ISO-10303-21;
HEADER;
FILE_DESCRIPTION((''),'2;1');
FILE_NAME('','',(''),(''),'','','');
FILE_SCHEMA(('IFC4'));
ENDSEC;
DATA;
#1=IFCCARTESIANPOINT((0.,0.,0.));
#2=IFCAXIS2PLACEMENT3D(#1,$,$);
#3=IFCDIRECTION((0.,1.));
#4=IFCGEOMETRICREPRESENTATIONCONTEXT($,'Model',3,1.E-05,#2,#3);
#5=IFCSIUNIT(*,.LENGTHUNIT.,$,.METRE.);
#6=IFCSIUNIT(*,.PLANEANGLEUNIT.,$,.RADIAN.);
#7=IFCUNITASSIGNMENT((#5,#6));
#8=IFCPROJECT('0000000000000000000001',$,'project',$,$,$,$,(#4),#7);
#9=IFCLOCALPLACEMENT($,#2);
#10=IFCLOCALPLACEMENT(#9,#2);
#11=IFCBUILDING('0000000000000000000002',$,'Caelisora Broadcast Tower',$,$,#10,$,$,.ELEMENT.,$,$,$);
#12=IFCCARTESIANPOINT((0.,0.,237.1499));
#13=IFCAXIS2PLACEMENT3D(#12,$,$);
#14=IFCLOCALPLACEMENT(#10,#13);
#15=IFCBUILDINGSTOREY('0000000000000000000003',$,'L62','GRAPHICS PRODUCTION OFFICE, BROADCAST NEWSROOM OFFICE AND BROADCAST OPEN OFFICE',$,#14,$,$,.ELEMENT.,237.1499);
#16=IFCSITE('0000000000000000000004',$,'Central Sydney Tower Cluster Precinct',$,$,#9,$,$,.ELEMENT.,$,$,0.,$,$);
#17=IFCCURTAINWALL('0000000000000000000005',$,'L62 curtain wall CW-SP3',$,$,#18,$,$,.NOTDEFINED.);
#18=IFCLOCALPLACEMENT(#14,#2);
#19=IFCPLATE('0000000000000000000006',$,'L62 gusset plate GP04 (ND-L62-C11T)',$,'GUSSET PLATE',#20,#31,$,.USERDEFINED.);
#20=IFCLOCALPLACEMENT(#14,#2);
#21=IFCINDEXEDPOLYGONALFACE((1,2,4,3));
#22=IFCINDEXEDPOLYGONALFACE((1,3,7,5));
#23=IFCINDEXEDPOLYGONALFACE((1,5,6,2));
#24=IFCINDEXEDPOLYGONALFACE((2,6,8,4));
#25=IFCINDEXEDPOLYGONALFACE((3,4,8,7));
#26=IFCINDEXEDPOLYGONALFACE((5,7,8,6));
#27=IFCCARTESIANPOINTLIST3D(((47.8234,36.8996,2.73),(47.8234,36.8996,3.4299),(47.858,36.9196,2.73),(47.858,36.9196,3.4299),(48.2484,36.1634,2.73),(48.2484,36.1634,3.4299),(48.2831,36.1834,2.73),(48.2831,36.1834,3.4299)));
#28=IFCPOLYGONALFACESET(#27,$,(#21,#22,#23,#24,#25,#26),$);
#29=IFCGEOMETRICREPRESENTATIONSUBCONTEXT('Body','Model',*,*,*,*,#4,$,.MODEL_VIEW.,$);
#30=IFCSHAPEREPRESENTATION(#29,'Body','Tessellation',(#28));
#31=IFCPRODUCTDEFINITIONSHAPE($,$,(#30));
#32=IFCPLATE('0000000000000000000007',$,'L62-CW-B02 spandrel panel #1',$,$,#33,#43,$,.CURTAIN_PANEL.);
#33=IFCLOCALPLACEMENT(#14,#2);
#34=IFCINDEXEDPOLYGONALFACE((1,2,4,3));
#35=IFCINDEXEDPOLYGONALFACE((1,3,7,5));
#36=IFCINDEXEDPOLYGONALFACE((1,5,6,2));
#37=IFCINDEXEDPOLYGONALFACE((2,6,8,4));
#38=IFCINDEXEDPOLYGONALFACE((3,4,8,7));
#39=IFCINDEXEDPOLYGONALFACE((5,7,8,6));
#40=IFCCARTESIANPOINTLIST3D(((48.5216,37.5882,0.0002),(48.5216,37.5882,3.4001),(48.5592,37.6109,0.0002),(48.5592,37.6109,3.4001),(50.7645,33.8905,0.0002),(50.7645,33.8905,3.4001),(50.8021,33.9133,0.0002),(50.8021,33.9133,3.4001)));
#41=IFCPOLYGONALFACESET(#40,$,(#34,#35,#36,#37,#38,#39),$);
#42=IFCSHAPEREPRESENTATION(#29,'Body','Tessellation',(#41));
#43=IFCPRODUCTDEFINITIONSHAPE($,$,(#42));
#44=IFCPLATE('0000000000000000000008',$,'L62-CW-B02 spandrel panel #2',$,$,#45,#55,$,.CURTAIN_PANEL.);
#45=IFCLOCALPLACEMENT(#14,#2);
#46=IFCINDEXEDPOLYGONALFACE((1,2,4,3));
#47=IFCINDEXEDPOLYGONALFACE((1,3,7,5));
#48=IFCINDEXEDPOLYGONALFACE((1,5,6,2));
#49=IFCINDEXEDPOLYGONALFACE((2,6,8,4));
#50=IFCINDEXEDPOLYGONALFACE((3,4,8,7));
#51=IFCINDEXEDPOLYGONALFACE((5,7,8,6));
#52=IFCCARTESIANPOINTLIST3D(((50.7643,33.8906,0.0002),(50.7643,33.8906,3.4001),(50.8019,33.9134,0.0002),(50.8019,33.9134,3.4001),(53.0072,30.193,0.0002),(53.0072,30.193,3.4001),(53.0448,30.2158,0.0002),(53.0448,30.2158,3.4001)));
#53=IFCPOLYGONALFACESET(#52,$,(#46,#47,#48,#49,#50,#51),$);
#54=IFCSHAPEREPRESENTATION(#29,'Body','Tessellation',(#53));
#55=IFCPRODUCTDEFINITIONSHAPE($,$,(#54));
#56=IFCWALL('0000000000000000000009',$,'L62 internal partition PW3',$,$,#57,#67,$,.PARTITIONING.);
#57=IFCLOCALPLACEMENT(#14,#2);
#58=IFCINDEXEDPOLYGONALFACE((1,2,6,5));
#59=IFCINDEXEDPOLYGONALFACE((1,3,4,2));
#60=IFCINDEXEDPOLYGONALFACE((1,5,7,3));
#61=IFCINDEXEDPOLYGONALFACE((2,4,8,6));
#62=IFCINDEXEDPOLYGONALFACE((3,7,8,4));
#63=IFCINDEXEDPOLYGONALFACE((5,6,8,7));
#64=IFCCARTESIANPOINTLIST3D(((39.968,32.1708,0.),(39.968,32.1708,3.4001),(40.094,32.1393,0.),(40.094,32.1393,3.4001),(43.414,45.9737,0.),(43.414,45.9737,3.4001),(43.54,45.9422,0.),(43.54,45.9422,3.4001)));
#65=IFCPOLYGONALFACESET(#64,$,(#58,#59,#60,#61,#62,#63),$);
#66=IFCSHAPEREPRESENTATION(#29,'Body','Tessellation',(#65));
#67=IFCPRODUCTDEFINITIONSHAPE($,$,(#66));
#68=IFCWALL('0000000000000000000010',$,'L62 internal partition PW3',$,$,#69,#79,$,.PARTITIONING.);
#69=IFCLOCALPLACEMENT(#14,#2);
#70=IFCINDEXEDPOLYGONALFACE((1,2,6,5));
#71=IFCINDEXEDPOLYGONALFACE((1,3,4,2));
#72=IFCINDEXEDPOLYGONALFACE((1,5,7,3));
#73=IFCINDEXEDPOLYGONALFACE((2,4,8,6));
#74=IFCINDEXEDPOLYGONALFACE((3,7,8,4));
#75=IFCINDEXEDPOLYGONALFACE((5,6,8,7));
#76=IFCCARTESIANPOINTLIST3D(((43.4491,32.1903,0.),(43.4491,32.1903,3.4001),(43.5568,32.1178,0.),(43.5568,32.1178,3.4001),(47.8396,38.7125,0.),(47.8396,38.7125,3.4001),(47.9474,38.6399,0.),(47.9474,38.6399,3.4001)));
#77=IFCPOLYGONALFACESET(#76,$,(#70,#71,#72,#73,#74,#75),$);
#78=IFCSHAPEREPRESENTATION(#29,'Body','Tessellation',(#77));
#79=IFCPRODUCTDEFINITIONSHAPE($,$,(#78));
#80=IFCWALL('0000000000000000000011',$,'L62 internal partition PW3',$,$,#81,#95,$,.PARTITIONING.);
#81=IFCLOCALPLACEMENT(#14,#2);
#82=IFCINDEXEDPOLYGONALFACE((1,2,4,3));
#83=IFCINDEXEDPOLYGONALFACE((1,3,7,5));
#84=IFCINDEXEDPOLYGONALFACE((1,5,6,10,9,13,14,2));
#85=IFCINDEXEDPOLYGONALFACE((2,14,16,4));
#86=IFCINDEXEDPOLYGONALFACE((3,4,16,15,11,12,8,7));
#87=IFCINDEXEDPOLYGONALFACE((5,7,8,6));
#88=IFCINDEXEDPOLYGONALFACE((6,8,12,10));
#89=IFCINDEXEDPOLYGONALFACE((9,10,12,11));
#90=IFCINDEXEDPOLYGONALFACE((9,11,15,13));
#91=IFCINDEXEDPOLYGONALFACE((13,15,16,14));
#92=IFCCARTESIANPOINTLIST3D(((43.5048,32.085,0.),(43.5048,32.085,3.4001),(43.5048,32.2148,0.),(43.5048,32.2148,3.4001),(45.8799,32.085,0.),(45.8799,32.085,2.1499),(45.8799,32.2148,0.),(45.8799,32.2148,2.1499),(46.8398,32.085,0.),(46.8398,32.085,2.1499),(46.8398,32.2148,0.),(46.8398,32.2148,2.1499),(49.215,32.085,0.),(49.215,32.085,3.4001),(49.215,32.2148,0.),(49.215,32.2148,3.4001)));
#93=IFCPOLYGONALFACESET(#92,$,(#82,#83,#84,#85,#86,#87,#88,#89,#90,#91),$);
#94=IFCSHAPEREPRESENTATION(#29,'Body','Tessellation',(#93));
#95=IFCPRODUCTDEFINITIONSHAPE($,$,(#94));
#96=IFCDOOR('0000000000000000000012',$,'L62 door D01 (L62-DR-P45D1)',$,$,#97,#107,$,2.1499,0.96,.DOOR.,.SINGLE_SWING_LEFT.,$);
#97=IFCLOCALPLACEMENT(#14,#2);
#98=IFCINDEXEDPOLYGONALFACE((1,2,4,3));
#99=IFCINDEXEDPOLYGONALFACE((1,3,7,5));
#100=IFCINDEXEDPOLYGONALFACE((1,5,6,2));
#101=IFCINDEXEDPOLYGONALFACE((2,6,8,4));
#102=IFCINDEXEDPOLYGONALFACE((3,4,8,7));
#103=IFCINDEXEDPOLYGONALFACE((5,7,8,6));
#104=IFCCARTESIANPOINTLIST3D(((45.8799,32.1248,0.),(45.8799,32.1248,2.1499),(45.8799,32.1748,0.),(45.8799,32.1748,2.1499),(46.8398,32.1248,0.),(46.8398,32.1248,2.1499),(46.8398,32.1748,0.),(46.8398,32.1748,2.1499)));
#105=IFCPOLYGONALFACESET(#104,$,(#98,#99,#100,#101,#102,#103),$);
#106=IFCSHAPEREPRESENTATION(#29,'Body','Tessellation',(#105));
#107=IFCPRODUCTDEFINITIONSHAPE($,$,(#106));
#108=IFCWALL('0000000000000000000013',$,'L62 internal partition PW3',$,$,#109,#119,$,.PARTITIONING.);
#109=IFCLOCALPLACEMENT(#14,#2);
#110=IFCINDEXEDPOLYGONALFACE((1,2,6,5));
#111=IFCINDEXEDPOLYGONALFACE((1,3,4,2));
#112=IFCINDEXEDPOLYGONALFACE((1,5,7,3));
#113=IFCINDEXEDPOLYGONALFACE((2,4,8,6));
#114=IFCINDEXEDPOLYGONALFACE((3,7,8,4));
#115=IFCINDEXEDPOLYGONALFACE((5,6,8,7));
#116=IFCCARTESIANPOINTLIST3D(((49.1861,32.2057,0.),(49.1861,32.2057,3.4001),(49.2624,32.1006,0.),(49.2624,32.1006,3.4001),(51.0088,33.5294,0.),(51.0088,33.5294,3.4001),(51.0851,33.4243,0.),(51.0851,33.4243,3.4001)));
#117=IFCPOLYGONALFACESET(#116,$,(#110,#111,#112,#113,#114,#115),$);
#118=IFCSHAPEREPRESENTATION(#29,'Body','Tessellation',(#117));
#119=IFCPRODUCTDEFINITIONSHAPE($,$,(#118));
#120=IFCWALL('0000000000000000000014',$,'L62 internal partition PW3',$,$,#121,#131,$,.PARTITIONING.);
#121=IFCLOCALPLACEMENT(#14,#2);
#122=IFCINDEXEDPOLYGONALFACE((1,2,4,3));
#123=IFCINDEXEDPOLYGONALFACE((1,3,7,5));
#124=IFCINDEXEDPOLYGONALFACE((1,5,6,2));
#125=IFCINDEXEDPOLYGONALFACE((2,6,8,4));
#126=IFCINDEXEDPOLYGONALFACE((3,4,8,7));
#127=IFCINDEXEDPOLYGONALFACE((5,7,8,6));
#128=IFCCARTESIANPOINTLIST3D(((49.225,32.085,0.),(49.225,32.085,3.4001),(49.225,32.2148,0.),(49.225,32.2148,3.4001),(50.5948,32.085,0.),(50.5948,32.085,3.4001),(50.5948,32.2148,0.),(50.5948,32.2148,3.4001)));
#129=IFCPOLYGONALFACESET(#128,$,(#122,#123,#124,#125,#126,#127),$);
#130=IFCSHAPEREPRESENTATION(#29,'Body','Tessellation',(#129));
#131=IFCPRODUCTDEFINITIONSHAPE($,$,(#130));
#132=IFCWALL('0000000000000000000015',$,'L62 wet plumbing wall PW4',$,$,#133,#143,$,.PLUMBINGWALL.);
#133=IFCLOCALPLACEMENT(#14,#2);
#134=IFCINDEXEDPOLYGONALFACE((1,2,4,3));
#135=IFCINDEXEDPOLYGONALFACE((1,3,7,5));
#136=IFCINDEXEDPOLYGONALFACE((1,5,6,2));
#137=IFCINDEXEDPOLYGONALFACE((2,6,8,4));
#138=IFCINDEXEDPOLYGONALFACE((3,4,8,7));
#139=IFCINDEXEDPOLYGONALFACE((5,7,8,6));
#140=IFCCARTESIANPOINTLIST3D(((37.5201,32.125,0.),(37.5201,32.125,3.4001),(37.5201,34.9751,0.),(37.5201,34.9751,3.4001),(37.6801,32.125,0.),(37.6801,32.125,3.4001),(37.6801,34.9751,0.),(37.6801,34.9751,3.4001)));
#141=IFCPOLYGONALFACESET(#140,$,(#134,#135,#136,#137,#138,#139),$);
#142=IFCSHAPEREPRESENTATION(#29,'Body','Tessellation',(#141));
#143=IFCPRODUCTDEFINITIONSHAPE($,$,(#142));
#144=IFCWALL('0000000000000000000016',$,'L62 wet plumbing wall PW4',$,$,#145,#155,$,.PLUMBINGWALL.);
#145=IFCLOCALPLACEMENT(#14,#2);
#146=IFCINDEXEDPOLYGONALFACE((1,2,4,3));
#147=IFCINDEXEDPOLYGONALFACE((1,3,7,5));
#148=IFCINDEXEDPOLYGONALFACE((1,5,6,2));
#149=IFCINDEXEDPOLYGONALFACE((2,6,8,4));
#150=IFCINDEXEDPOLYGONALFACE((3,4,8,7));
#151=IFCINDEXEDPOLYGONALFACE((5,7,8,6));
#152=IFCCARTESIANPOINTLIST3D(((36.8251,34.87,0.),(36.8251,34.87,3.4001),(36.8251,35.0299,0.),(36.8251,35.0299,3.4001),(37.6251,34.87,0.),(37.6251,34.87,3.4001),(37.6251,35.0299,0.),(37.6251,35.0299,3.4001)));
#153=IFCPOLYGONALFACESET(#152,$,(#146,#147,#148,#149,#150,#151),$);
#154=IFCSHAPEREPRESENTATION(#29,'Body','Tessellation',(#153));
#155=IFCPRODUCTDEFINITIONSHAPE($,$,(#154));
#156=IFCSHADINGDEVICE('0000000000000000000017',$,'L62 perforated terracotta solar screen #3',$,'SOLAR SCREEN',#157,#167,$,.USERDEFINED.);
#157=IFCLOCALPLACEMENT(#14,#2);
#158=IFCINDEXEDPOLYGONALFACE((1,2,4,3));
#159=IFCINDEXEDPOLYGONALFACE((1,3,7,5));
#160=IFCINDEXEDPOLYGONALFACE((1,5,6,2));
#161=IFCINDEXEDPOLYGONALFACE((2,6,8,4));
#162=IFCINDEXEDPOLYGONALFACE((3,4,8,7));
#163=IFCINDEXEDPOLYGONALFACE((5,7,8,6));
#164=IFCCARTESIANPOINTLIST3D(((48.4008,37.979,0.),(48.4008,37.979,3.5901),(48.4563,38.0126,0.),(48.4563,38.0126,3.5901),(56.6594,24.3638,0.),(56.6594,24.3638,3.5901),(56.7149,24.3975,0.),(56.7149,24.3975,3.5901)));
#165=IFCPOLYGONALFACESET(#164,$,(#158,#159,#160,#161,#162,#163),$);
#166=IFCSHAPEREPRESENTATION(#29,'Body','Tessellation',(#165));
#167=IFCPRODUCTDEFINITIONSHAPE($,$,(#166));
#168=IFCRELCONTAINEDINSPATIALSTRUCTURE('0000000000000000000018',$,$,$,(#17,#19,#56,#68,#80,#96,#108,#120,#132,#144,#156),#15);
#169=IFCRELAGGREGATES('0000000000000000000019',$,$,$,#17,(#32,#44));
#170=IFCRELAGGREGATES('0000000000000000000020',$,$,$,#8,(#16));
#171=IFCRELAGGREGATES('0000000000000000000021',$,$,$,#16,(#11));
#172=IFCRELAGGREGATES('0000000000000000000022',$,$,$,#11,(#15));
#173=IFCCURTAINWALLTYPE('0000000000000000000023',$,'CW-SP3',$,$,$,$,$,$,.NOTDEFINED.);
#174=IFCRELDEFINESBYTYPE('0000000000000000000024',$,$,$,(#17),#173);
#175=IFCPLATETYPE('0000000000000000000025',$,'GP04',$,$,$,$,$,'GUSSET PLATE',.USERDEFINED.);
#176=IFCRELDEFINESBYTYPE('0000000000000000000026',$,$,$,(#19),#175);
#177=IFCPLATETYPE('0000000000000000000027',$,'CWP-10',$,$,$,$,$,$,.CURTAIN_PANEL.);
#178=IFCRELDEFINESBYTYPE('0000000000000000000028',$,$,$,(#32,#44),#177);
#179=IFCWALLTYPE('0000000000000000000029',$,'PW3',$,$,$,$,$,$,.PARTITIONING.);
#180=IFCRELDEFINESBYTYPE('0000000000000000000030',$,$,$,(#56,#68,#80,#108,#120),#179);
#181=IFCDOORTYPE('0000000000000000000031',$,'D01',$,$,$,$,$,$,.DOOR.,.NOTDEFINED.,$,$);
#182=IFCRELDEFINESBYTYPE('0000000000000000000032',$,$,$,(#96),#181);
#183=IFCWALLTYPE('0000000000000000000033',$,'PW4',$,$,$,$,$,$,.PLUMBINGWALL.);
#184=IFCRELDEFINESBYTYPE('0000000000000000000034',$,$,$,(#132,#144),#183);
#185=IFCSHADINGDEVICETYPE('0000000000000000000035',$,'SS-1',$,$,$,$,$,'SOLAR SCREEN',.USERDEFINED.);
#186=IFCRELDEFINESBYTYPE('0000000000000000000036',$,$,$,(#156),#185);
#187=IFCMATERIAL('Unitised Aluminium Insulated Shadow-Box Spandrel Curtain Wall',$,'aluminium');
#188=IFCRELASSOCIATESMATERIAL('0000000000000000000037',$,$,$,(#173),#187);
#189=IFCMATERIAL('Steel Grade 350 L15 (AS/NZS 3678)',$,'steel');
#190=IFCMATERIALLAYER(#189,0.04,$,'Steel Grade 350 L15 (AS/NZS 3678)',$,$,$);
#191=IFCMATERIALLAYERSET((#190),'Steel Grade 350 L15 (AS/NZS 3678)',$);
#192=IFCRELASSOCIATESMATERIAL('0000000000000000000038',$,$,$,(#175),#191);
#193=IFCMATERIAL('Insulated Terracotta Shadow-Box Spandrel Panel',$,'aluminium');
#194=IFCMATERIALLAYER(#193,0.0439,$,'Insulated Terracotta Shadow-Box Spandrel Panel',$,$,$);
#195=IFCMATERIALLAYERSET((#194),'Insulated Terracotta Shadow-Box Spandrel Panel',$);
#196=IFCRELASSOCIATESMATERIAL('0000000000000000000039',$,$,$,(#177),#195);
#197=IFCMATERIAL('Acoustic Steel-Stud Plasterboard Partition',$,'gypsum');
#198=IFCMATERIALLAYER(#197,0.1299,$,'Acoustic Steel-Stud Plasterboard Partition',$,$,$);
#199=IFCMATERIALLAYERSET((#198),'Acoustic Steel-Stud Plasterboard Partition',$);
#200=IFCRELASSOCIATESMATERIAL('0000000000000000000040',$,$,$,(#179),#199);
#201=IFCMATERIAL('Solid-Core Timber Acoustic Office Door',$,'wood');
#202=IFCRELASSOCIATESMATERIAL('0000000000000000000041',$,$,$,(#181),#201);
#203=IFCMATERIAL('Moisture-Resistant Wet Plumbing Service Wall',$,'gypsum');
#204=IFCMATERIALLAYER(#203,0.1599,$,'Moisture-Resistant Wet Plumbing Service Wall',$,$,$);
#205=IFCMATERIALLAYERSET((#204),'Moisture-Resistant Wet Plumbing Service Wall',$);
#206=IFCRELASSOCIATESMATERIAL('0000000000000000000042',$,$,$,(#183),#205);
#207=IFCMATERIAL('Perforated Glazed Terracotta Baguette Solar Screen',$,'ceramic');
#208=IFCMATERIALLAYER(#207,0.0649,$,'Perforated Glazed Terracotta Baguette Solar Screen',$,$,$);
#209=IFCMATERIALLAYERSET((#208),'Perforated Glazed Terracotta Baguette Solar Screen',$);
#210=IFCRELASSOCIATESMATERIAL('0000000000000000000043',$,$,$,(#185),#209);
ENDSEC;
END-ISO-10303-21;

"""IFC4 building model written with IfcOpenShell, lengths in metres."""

from ifc_helpers import new_model, si_unit, direction, frame, frame_2d, origin, origin_2d, place, context, subcontext, project, spatial, rectangle, extrude, source, transform, mapped, material, layer, layer_set, type_object, type_shapes, element, fill, aggregate, save


model = new_model("IFC4")

# Units and contexts
model_context = context("Model", 3, precision=1e-05, world=origin(), true_north=direction((0.0, 1.0)))
body_context = subcontext(model_context, "Body", "Model", "MODEL_VIEW")
ifc_project = project(units=[si_unit("LENGTHUNIT", "METRE"), si_unit("PLANEANGLEUNIT", "RADIAN")], contexts=[model_context])

# Site, building, storey
site_placement = place(None, origin())
site = spatial("IfcSite", under=ifc_project, at=site_placement, Name="Central Sydney Tower Cluster Precinct", CompositionType="ELEMENT", RefElevation=0.0)
building_placement = place(site_placement, origin())
building = spatial("IfcBuilding", under=site, at=building_placement, Name="Caelisora Broadcast Tower", CompositionType="ELEMENT")
storey_placement = place(building_placement, frame((0.0, 0.0, 237.1499)))
storey = spatial("IfcBuildingStorey", under=building, at=storey_placement, Name="L62", Description="GRAPHICS PRODUCTION OFFICE, BROADCAST NEWSROOM OFFICE AND BROADCAST OPEN OFFICE", CompositionType="ELEMENT", Elevation=237.1499)

# Shared definitions
ifc_material_1 = material(Name="Steel Grade 350 L15 (AS/NZS 3678)", Category="steel")

# Curtain wall
ifc_material_2 = material(Name="Unitised Aluminium Insulated Shadow-Box Spandrel Curtain Wall", Category="aluminium")
curtain_wall_type = type_object("IfcCurtainWallType", Name="CW-SP3", PredefinedType="NOTDEFINED", material=ifc_material_2)
curtain_wall_placement = place(storey_placement, origin())
curtain_wall = element("IfcCurtainWall", 1, at=curtain_wall_placement, inside=storey, type_object=curtain_wall_type, Name="L62 curtain wall CW-SP3", PredefinedType="NOTDEFINED")

# Plates
ifc_layer_1 = layer(ifc_material_1, 0.04, Name="Steel Grade 350 L15 (AS/NZS 3678)")
ifc_layer_set_1 = layer_set([ifc_layer_1], Name="Steel Grade 350 L15 (AS/NZS 3678)")
plate_type_1 = type_object("IfcPlateType", Name="GP04", ElementType="GUSSET PLATE", PredefinedType="USERDEFINED", material=ifc_layer_set_1)
shared_shape_1 = source(origin(), body_context, "Body", "SweptSolid", [
    extrude(rectangle(XDim=0.8501, YDim=0.04, at=origin_2d()), origin(), (0.0, 0.0, 1.0), 0.7),
])
type_shapes(plate_type_1, [shared_shape_1])
plate_1_placement = place(storey_placement, frame((48.0532, 36.5415, 2.73), z_axis=(0.0, 0.0, 1.0), x_axis=(-0.5, 0.866025, 0.0)))
element("IfcPlate", 2, at=plate_1_placement, inside=storey, type_object=plate_type_1, Name="L62 gusset plate GP04 (ND-L62-C11T)", ObjectType="GUSSET PLATE", PredefinedType="USERDEFINED", context=body_context, shape_type="MappedRepresentation", body=[
    mapped(shared_shape_1, transform((0.0, 0.0, 0.0), scale=1.0)),
])
ifc_material_3 = material(Name="Insulated Terracotta Shadow-Box Spandrel Panel", Category="aluminium")
ifc_layer_2 = layer(ifc_material_3, 0.0439, Name="Insulated Terracotta Shadow-Box Spandrel Panel")
ifc_layer_set_2 = layer_set([ifc_layer_2], Name="Insulated Terracotta Shadow-Box Spandrel Panel")
plate_type_2 = type_object("IfcPlateType", Name="CWP-10", PredefinedType="CURTAIN_PANEL", material=ifc_layer_set_2)
shared_shape_2 = source(origin(), body_context, "Body", "SweptSolid", [
    extrude(rectangle(XDim=4.3247, YDim=0.0439, at=origin_2d()), origin(), (0.0, 0.0, 1.0), 3.3999),
])
type_shapes(plate_type_2, [shared_shape_2])
plate_2_placement = place(storey_placement, frame((49.6619, 35.7507, 0.0002), z_axis=(0.0, 0.0, 1.0), x_axis=(0.518624, -0.855002, 0.0)))
plate_2 = element("IfcPlate", 3, at=plate_2_placement, type_object=plate_type_2, Name="L62-CW-B02 spandrel panel #1", PredefinedType="CURTAIN_PANEL", context=body_context, shape_type="MappedRepresentation", body=[
    mapped(shared_shape_2, transform((0.0, 0.0, 0.0), scale=1.0)),
])
plate_3_placement = place(storey_placement, frame((51.9045, 32.0532, 0.0002), z_axis=(0.0, 0.0, 1.0), x_axis=(0.518624, -0.855002, 0.0)))
plate_3 = element("IfcPlate", 4, at=plate_3_placement, type_object=plate_type_2, Name="L62-CW-B02 spandrel panel #2", PredefinedType="CURTAIN_PANEL", context=body_context, shape_type="MappedRepresentation", body=[
    mapped(shared_shape_2, transform((0.0, 0.0, 0.0), scale=1.0)),
])
aggregate(curtain_wall, [plate_2, plate_3])

# Walls
ifc_material_4 = material(Name="Acoustic Steel-Stud Plasterboard Partition", Category="gypsum")
ifc_layer_3 = layer(ifc_material_4, 0.1299, Name="Acoustic Steel-Stud Plasterboard Partition")
ifc_layer_set_3 = layer_set([ifc_layer_3], Name="Acoustic Steel-Stud Plasterboard Partition")
wall_type_1 = type_object("IfcWallType", Name="PW3", PredefinedType="PARTITIONING", material=ifc_layer_set_3)
wall_1_placement = place(storey_placement, frame((40.031, 32.155, 0.0), z_axis=(0.0, 0.0, 1.0), x_axis=(0.242225, 0.97022, 0.0)))
element("IfcWall", 5, at=wall_1_placement, inside=storey, type_object=wall_type_1, Name="L62 internal partition PW3", PredefinedType="PARTITIONING", context=body_context, shape_type="SweptSolid", body=[
    extrude(rectangle(XDim=14.2266, YDim=0.1299, at=frame_2d((7.1133, 0.0))), origin(), (0.0, 0.0, 1.0), 3.4001),
])
wall_2_placement = place(storey_placement, frame((43.5029, 32.1541, 0.0), z_axis=(0.0, 0.0, 1.0), x_axis=(0.558435, 0.829548, 0.0)))
element("IfcWall", 6, at=wall_2_placement, inside=storey, type_object=wall_type_1, Name="L62 internal partition PW3", PredefinedType="PARTITIONING", context=body_context, shape_type="SweptSolid", body=[
    extrude(rectangle(XDim=7.8623, YDim=0.1299, at=frame_2d((3.9312, 0.0))), origin(), (0.0, 0.0, 1.0), 3.4001),
])

# Wall, opening, door
wall_3_placement = place(storey_placement, frame((43.5049, 32.1499, 0.0), z_axis=(0.0, 0.0, 1.0), x_axis=(1.0, 0.0, 0.0)))
wall_3 = element("IfcWall", 7, at=wall_3_placement, inside=storey, type_object=wall_type_1, Name="L62 internal partition PW3", PredefinedType="PARTITIONING", context=body_context, shape_type="SweptSolid", body=[
    extrude(rectangle(XDim=5.7102, YDim=0.1299, at=frame_2d((2.855, 0.0))), origin(), (0.0, 0.0, 1.0), 3.4001),
])
opening_1_placement = place(wall_3_placement, frame((2.375, 0.0, 0.0)))
opening_1 = element("IfcOpeningElement", 8, at=opening_1_placement, cuts=wall_3, PredefinedType="OPENING", context=body_context, shape_type="SweptSolid", body=[
    extrude(rectangle(XDim=0.96, YDim=2.1499, at=frame_2d((0.48, 1.075))), frame((0.0, 0.0769, 0.0), z_axis=(0.0, -1.0, 0.0), x_axis=(1.0, 0.0, 0.0)), (0.0, 0.0, 1.0), 0.1538),
])
ifc_material_5 = material(Name="Solid-Core Timber Acoustic Office Door", Category="wood")
door_type = type_object("IfcDoorType", Name="D01", OperationType="NOTDEFINED", PredefinedType="DOOR", material=ifc_material_5)
door_1_placement = place(opening_1_placement, origin())
door_1 = element("IfcDoor", 9, at=door_1_placement, inside=storey, type_object=door_type, Name="L62 door D01 (L62-DR-P45D1)", OperationType="SINGLE_SWING_LEFT", OverallHeight=2.1499, OverallWidth=0.96, PredefinedType="DOOR", context=body_context, shape_type="SweptSolid", body=[
    extrude(rectangle(XDim=0.96, YDim=2.1499, at=frame_2d((0.48, 1.075))), frame((0.0, 0.0249, 0.0), z_axis=(0.0, -1.0, 0.0), x_axis=(1.0, 0.0, 0.0)), (0.0, 0.0, 1.0), 0.05),
])
fill(opening_1, door_1)

# Walls
wall_4_placement = place(storey_placement, frame((49.2241, 32.1531, 0.0), z_axis=(0.0, 0.0, 1.0), x_axis=(0.809139, 0.587617, 0.0)))
element("IfcWall", 10, at=wall_4_placement, inside=storey, type_object=wall_type_1, Name="L62 internal partition PW3", PredefinedType="PARTITIONING", context=body_context, shape_type="SweptSolid", body=[
    extrude(rectangle(XDim=2.2527, YDim=0.1299, at=frame_2d((1.1265, 0.0))), origin(), (0.0, 0.0, 1.0), 3.4001),
])
wall_5_placement = place(storey_placement, frame((50.595, 32.1499, 0.0), z_axis=(0.0, 0.0, 1.0), x_axis=(-1.0, 0.0, 0.0)))
element("IfcWall", 11, at=wall_5_placement, inside=storey, type_object=wall_type_1, Name="L62 internal partition PW3", PredefinedType="PARTITIONING", context=body_context, shape_type="SweptSolid", body=[
    extrude(rectangle(XDim=1.3699, YDim=0.1299, at=frame_2d((0.6851, 0.0))), origin(), (0.0, 0.0, 1.0), 3.4001),
])
ifc_material_6 = material(Name="Moisture-Resistant Wet Plumbing Service Wall", Category="gypsum")
ifc_layer_4 = layer(ifc_material_6, 0.1599, Name="Moisture-Resistant Wet Plumbing Service Wall")
ifc_layer_set_4 = layer_set([ifc_layer_4], Name="Moisture-Resistant Wet Plumbing Service Wall")
wall_type_2 = type_object("IfcWallType", Name="PW4", PredefinedType="PLUMBINGWALL", material=ifc_layer_set_4)
wall_6_placement = place(storey_placement, frame((37.6001, 32.125, 0.0), z_axis=(0.0, 0.0, 1.0), x_axis=(0.0, 1.0, 0.0)))
element("IfcWall", 12, at=wall_6_placement, inside=storey, type_object=wall_type_2, Name="L62 wet plumbing wall PW4", PredefinedType="PLUMBINGWALL", context=body_context, shape_type="SweptSolid", body=[
    extrude(rectangle(XDim=2.8501, YDim=0.1599, at=frame_2d((1.425, 0.0))), origin(), (0.0, 0.0, 1.0), 3.4001),
])
wall_7_placement = place(storey_placement, frame((37.625, 34.95, 0.0), z_axis=(0.0, 0.0, 1.0), x_axis=(-1.0, 0.0, 0.0)))
element("IfcWall", 13, at=wall_7_placement, inside=storey, type_object=wall_type_2, Name="L62 wet plumbing wall PW4", PredefinedType="PLUMBINGWALL", context=body_context, shape_type="SweptSolid", body=[
    extrude(rectangle(XDim=0.8, YDim=0.1599, at=frame_2d((0.3999, 0.0))), origin(), (0.0, 0.0, 1.0), 3.4001),
])

# Shading device
ifc_material_7 = material(Name="Perforated Glazed Terracotta Baguette Solar Screen", Category="ceramic")
ifc_layer_5 = layer(ifc_material_7, 0.0649, Name="Perforated Glazed Terracotta Baguette Solar Screen")
ifc_layer_set_5 = layer_set([ifc_layer_5], Name="Perforated Glazed Terracotta Baguette Solar Screen")
shading_device_type = type_object("IfcShadingDeviceType", Name="SS-1", ElementType="SOLAR SCREEN", PredefinedType="USERDEFINED", material=ifc_layer_set_5)
shared_shape_3 = source(origin(), body_context, "Body", "SweptSolid", [
    extrude(rectangle(XDim=15.9241, YDim=0.0649, at=origin_2d()), origin(), (0.0, 0.0, 1.0), 3.5901),
])
type_shapes(shading_device_type, [shared_shape_3])
shading_device_placement = place(storey_placement, frame((52.5579, 31.1882, 0.0), z_axis=(0.0, 0.0, 1.0), x_axis=(-0.518624, 0.855002, 0.0)))
element("IfcShadingDevice", 14, at=shading_device_placement, inside=storey, type_object=shading_device_type, Name="L62 perforated terracotta solar screen #3", ObjectType="SOLAR SCREEN", PredefinedType="USERDEFINED", context=body_context, shape_type="MappedRepresentation", body=[
    mapped(shared_shape_3, transform((0.0, 0.0, 0.0), scale=1.0)),
])

save(model, "model.ifc")
